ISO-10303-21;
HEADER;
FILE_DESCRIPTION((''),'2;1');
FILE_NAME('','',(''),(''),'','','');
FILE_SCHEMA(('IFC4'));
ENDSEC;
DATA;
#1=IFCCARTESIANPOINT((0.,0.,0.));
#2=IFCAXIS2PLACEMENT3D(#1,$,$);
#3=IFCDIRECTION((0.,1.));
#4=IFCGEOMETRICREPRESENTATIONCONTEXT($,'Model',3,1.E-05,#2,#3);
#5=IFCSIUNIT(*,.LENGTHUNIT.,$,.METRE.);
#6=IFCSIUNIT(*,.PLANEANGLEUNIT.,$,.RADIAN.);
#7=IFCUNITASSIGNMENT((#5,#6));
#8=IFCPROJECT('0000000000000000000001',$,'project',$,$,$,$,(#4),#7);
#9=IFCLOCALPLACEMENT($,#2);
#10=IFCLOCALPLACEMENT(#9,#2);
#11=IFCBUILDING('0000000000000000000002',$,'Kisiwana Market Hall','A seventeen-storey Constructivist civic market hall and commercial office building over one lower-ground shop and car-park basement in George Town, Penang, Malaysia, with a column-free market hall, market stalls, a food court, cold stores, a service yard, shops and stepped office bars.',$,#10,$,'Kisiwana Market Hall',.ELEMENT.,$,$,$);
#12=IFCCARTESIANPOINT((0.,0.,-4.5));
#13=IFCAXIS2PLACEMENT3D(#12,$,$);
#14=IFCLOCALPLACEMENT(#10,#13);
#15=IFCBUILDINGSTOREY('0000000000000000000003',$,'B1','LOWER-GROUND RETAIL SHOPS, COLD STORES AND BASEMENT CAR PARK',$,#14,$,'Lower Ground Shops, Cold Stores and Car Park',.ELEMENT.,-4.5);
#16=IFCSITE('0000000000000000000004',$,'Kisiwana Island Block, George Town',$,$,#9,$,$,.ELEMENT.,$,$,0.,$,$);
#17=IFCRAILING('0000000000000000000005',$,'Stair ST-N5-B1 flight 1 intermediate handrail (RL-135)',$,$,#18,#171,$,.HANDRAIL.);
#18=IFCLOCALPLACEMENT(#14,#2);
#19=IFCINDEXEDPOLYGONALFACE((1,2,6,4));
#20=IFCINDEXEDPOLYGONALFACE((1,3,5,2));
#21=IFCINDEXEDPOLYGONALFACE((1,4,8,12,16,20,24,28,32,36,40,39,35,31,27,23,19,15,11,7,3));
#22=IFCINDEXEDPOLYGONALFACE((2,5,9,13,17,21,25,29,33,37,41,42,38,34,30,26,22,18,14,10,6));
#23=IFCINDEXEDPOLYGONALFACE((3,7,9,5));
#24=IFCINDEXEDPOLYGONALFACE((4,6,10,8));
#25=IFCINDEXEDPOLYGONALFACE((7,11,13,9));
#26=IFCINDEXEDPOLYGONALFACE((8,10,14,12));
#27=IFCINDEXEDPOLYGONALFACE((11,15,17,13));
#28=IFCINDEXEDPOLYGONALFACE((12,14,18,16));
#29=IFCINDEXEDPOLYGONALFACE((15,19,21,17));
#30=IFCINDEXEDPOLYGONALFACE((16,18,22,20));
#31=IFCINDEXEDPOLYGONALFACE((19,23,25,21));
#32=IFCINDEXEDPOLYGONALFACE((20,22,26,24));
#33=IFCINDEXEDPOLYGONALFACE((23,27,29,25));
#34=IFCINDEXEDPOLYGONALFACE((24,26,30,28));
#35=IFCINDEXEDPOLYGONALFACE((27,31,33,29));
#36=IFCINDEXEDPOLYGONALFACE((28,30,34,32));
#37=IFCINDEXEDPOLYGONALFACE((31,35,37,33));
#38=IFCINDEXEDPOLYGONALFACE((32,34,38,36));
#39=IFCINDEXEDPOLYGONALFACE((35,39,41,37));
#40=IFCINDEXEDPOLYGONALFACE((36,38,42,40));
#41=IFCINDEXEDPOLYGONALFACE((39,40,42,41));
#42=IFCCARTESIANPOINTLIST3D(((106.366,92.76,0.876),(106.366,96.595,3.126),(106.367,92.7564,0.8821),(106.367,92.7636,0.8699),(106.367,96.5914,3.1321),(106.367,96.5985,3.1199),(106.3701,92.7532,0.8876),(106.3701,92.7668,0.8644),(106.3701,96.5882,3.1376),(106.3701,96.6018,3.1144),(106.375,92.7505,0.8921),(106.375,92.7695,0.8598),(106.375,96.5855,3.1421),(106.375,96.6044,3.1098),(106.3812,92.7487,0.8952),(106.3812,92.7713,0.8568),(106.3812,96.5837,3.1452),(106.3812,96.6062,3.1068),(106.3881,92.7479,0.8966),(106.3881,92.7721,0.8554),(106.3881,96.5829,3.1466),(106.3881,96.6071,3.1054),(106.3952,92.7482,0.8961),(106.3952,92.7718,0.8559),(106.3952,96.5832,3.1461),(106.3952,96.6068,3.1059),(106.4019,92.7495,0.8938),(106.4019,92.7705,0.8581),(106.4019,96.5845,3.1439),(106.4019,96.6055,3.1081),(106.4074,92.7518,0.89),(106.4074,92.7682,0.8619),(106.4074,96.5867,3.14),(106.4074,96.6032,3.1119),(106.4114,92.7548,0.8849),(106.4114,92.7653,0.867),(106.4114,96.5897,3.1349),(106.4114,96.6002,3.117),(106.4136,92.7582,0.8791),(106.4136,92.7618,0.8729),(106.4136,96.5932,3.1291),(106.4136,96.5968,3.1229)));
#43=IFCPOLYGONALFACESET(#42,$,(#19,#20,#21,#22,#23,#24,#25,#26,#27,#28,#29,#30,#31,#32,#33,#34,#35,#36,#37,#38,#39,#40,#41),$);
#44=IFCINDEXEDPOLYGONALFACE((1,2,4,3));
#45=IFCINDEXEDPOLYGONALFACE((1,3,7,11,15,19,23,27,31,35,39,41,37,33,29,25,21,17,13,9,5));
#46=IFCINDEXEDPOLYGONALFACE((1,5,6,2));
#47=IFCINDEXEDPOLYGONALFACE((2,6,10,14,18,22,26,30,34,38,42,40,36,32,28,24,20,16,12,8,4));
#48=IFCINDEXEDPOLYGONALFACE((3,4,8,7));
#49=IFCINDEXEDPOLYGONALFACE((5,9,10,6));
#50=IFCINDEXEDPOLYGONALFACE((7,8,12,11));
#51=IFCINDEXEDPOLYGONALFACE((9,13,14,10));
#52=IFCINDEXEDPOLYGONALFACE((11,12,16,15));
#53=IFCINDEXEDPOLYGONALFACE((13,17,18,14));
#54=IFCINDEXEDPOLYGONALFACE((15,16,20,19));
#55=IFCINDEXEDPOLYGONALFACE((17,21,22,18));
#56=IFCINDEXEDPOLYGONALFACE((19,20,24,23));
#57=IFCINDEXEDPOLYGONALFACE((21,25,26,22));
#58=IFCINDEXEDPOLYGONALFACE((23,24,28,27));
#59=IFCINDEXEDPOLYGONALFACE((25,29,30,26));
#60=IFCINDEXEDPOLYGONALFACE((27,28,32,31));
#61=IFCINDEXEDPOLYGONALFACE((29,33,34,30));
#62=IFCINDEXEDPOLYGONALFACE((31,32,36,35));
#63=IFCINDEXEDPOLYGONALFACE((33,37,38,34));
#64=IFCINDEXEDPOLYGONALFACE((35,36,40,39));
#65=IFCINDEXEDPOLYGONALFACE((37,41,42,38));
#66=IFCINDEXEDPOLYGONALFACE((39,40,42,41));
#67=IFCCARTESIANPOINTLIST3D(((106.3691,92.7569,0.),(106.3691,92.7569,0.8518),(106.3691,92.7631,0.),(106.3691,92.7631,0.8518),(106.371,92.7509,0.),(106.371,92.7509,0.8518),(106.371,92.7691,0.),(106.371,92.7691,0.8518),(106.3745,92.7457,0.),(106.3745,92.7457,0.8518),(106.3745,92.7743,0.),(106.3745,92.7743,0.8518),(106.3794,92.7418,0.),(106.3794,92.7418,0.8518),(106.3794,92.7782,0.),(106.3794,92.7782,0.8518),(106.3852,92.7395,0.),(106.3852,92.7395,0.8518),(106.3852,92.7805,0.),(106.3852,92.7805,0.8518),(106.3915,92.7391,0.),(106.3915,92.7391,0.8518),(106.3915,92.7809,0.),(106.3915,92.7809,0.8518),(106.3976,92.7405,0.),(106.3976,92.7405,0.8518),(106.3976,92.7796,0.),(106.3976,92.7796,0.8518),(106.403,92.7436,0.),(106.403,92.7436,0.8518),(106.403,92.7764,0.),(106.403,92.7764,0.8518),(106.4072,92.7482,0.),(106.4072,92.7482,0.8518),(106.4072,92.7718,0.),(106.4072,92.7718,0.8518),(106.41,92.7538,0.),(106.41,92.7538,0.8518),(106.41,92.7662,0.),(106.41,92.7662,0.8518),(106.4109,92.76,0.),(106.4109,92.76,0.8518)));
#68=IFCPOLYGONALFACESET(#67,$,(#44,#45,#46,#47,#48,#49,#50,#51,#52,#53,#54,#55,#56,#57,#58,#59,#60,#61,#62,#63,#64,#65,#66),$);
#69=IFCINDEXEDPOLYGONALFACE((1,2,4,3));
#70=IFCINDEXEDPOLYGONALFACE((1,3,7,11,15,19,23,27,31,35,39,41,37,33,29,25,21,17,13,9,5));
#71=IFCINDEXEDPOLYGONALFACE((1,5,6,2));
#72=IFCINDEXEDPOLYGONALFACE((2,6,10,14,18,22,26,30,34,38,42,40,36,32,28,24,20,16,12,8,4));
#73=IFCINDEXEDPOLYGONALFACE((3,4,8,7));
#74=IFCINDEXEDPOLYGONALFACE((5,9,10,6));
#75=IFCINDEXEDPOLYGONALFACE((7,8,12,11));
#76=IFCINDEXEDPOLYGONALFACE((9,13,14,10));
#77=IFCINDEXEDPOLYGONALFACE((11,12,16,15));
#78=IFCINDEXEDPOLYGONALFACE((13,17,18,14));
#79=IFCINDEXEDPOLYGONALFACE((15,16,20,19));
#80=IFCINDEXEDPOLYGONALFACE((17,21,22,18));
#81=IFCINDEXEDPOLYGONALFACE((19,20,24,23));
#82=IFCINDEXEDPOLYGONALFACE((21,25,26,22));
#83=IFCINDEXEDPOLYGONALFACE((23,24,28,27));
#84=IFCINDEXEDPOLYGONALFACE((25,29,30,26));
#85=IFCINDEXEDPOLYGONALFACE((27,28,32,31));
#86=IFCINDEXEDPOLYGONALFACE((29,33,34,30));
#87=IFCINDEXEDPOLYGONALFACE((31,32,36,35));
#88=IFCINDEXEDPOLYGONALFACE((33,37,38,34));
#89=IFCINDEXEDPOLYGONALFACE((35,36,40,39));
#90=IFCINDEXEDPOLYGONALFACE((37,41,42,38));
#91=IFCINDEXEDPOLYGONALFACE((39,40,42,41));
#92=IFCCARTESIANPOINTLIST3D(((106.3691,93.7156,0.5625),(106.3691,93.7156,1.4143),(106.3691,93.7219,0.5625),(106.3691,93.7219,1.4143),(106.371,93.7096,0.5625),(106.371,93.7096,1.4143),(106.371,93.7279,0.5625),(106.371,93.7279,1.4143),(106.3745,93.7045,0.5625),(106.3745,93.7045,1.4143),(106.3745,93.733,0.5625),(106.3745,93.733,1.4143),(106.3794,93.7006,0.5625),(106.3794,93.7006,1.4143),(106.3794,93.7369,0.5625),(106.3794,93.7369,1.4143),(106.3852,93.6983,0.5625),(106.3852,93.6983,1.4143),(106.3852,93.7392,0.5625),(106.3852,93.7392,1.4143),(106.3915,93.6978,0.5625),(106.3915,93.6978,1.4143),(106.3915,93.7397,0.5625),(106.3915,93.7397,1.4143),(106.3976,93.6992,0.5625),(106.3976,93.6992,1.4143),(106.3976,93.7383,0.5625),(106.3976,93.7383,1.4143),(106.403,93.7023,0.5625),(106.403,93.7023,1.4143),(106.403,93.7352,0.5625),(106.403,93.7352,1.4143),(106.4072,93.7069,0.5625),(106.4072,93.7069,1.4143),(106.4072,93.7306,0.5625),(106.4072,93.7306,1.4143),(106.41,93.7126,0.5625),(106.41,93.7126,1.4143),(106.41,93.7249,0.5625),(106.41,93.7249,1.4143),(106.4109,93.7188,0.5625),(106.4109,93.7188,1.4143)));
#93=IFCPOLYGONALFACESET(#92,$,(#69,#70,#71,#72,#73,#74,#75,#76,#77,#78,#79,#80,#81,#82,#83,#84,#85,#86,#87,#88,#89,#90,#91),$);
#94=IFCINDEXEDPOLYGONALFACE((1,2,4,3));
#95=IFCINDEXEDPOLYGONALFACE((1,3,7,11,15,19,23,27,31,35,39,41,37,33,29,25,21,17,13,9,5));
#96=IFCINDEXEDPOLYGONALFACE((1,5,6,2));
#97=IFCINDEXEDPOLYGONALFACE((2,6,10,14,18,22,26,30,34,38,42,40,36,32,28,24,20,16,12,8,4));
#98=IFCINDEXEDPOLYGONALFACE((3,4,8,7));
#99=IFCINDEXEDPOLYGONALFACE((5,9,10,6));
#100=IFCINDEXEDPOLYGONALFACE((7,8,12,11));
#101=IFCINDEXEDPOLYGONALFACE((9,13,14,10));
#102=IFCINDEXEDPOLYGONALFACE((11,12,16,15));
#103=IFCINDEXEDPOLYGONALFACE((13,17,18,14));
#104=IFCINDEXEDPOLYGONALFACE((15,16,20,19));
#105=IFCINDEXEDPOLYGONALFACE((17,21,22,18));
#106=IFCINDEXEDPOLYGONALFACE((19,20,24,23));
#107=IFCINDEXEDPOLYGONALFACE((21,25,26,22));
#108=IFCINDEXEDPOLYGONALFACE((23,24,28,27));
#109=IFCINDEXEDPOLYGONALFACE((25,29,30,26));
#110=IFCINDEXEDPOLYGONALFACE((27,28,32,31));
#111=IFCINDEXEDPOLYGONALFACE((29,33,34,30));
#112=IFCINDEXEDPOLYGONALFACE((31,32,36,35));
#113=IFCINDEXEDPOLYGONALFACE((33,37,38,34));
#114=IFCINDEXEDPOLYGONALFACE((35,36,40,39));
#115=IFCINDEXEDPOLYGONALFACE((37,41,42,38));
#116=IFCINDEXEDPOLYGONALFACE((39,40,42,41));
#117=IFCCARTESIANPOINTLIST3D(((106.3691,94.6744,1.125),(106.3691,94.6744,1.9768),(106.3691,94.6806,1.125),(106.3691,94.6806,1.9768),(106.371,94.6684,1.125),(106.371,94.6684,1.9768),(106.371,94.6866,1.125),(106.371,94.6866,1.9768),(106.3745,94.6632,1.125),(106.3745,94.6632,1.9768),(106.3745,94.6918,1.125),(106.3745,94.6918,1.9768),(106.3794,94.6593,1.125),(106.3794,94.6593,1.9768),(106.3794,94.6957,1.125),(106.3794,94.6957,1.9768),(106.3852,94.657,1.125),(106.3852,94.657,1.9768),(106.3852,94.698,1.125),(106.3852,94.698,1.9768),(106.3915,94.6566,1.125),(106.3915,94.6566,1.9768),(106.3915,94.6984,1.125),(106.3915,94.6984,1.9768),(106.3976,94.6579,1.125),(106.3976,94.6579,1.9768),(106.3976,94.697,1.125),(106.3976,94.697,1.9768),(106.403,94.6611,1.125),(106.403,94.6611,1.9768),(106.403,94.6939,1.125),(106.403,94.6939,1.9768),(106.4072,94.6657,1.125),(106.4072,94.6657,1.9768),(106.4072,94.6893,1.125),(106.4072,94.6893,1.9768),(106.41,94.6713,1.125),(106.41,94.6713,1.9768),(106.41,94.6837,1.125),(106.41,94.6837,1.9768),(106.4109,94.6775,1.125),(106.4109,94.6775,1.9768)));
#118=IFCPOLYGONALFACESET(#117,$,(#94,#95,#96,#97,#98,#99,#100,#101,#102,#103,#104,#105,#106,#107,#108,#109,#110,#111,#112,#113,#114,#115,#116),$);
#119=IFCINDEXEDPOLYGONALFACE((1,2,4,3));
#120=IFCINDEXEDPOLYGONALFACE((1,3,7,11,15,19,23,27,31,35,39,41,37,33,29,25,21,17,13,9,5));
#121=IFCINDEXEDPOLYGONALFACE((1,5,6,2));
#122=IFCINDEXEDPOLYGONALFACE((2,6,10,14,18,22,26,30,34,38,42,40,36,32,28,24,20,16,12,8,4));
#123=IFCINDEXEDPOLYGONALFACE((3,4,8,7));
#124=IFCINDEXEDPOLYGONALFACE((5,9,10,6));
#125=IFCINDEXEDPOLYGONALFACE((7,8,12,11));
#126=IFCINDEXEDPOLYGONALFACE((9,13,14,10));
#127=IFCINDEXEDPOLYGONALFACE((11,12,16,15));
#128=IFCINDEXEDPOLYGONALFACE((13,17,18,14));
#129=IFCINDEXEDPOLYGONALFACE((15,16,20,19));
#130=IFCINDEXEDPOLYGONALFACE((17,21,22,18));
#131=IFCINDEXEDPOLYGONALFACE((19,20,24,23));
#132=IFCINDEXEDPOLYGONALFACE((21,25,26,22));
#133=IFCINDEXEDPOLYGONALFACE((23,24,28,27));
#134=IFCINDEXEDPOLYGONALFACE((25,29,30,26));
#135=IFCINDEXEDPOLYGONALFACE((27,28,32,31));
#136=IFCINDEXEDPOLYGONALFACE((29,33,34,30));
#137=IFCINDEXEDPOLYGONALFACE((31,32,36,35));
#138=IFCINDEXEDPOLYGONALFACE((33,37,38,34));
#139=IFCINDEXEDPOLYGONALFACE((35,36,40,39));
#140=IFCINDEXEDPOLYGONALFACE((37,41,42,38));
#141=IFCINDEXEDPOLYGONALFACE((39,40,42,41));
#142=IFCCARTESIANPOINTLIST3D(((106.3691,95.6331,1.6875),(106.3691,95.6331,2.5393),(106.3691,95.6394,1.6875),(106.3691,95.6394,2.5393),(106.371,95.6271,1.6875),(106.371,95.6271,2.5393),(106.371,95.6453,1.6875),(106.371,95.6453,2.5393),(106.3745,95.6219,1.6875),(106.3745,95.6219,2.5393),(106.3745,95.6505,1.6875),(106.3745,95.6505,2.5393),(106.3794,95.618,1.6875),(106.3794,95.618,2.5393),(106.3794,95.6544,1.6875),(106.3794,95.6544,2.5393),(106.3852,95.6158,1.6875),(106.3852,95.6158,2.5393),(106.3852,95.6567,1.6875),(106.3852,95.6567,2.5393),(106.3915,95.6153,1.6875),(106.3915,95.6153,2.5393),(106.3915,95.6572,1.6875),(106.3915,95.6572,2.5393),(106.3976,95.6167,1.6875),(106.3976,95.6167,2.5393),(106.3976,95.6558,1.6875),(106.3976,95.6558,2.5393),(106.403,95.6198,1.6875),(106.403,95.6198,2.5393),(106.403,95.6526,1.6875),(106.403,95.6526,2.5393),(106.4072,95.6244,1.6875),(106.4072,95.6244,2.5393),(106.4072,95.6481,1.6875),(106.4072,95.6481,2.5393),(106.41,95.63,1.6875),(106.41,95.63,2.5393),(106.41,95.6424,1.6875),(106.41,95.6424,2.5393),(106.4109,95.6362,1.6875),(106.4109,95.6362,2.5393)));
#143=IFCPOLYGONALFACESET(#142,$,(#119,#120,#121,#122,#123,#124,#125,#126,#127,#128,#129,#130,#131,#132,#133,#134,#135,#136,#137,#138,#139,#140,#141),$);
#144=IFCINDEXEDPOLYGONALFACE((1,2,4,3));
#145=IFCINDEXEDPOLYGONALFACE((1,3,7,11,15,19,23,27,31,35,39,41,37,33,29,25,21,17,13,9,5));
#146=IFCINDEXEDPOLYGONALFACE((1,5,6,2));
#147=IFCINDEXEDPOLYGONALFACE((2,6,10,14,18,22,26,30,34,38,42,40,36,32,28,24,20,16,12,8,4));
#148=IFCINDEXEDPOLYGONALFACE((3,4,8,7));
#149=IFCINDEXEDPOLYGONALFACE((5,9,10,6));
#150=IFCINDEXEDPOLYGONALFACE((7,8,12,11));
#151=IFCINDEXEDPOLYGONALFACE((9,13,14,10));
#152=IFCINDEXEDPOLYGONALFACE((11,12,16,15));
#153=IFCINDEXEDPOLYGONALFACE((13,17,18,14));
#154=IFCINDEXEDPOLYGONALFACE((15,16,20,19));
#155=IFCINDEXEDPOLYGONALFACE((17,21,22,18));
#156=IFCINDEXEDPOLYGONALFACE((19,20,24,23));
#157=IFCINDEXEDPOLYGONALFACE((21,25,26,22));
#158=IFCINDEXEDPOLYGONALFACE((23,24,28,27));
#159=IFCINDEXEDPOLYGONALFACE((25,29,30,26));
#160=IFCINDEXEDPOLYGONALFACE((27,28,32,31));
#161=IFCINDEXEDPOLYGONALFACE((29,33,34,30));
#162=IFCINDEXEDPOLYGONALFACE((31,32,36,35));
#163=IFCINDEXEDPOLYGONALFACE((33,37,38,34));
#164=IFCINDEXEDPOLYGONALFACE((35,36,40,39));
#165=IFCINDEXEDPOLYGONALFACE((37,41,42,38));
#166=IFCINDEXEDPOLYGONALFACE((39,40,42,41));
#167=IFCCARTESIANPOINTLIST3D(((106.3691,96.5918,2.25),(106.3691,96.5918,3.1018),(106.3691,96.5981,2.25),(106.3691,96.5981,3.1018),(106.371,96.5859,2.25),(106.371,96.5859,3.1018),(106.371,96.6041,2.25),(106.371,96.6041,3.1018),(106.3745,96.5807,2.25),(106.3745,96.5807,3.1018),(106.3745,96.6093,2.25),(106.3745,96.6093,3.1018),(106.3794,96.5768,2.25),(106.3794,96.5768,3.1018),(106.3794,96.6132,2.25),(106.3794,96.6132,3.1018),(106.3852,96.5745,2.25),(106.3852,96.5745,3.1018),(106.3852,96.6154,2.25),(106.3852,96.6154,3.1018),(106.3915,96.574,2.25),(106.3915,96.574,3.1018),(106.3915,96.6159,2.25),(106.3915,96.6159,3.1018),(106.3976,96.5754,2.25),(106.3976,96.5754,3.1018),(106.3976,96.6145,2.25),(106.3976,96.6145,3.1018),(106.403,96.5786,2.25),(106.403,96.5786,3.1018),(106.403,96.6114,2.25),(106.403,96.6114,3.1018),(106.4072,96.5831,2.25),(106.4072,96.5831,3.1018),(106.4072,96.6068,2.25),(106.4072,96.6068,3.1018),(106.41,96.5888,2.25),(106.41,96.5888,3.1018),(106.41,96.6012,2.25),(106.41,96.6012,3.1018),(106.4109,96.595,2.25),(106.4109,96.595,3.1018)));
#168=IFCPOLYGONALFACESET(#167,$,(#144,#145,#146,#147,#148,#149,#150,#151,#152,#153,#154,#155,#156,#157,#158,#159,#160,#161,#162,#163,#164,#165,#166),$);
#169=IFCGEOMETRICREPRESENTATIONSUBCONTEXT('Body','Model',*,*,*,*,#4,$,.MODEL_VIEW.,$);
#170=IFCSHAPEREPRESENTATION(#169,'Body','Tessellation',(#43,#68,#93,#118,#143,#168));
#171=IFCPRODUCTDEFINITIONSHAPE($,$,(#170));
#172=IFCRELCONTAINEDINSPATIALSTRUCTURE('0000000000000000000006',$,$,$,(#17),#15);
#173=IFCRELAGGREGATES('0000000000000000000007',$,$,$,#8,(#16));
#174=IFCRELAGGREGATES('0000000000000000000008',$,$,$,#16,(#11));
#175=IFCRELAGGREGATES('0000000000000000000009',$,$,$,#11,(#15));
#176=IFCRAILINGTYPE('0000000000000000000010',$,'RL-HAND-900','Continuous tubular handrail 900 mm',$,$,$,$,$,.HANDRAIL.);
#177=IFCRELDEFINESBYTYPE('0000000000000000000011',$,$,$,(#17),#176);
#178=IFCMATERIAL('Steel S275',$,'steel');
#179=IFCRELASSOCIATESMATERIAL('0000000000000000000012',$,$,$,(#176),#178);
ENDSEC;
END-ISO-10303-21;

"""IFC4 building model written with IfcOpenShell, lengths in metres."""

from ifc_helpers import new_model, si_unit, direction, frame, origin, origin_2d, place, context, subcontext, project, spatial, circle, extrude, material, type_object, element, save


model = new_model("IFC4")

# Units and contexts
model_context = context("Model", 3, precision=1e-05, world=origin(), true_north=direction((0.0, 1.0)))
body_context = subcontext(model_context, "Body", "Model", "MODEL_VIEW")
ifc_project = project(units=[si_unit("LENGTHUNIT", "METRE"), si_unit("PLANEANGLEUNIT", "RADIAN")], contexts=[model_context])

# Site, building, storey
site_placement = place(None, origin())
site = spatial("IfcSite", under=ifc_project, at=site_placement, Name="Kisiwana Island Block, George Town", CompositionType="ELEMENT", RefElevation=0.0)
building_placement = place(site_placement, origin())
building = spatial("IfcBuilding", under=site, at=building_placement, Name="Kisiwana Market Hall", Description="A seventeen-storey Constructivist civic market hall and commercial office building over one lower-ground shop and car-park basement in George Town, Penang, Malaysia, with a column-free market hall, market stalls, a food court, cold stores, a service yard, shops and stepped office bars.", LongName="Kisiwana Market Hall", CompositionType="ELEMENT")
storey_placement = place(building_placement, frame((0.0, 0.0, -4.5)))
storey = spatial("IfcBuildingStorey", under=building, at=storey_placement, Name="B1", Description="LOWER-GROUND RETAIL SHOPS, COLD STORES AND BASEMENT CAR PARK", LongName="Lower Ground Shops, Cold Stores and Car Park", CompositionType="ELEMENT", Elevation=-4.5)

# Railing
ifc_material_1 = material(Name="Steel S275", Category="steel")
railing_type_1 = type_object("IfcRailingType", Name="RL-HAND-900", Description="Continuous tubular handrail 900 mm", PredefinedType="HANDRAIL", material=ifc_material_1)
for number, where, name in (
    (1, (106.3899, 92.76, 0.0), "Stair ST-N5-B1 flight 1 intermediate handrail (RL-135)"),
):
    element("IfcRailing", number, at=place(storey_placement, frame(where)), inside=storey, type_object=railing_type_1, Name=name, PredefinedType="HANDRAIL", context=body_context, shape_type="SweptSolid", body=[
        extrude(circle(Radius=0.0239, at=origin_2d()), frame((0.0, 0.0, 0.876), z_axis=(0.0, 0.86251, 0.506041), x_axis=(-1.0, 0.0, 0.0)), (0.0, 0.0, 1.0), 4.4463),
        extrude(circle(Radius=0.021, at=origin_2d()), origin(), (0.0, 0.0, 1.0), 0.8518),
        extrude(circle(Radius=0.021, at=origin_2d()), frame((0.0, 0.9587, 0.5625)), (0.0, 0.0, 1.0), 0.8518),
        extrude(circle(Radius=0.021, at=origin_2d()), frame((0.0, 1.9175, 1.125)), (0.0, 0.0, 1.0), 0.8518),
        extrude(circle(Radius=0.021, at=origin_2d()), frame((0.0, 2.8762, 1.6875)), (0.0, 0.0, 1.0), 0.8518),
        extrude(circle(Radius=0.021, at=origin_2d()), frame((0.0, 3.835, 2.25)), (0.0, 0.0, 1.0), 0.8518),
    ])

save(model, "model.ifc")
